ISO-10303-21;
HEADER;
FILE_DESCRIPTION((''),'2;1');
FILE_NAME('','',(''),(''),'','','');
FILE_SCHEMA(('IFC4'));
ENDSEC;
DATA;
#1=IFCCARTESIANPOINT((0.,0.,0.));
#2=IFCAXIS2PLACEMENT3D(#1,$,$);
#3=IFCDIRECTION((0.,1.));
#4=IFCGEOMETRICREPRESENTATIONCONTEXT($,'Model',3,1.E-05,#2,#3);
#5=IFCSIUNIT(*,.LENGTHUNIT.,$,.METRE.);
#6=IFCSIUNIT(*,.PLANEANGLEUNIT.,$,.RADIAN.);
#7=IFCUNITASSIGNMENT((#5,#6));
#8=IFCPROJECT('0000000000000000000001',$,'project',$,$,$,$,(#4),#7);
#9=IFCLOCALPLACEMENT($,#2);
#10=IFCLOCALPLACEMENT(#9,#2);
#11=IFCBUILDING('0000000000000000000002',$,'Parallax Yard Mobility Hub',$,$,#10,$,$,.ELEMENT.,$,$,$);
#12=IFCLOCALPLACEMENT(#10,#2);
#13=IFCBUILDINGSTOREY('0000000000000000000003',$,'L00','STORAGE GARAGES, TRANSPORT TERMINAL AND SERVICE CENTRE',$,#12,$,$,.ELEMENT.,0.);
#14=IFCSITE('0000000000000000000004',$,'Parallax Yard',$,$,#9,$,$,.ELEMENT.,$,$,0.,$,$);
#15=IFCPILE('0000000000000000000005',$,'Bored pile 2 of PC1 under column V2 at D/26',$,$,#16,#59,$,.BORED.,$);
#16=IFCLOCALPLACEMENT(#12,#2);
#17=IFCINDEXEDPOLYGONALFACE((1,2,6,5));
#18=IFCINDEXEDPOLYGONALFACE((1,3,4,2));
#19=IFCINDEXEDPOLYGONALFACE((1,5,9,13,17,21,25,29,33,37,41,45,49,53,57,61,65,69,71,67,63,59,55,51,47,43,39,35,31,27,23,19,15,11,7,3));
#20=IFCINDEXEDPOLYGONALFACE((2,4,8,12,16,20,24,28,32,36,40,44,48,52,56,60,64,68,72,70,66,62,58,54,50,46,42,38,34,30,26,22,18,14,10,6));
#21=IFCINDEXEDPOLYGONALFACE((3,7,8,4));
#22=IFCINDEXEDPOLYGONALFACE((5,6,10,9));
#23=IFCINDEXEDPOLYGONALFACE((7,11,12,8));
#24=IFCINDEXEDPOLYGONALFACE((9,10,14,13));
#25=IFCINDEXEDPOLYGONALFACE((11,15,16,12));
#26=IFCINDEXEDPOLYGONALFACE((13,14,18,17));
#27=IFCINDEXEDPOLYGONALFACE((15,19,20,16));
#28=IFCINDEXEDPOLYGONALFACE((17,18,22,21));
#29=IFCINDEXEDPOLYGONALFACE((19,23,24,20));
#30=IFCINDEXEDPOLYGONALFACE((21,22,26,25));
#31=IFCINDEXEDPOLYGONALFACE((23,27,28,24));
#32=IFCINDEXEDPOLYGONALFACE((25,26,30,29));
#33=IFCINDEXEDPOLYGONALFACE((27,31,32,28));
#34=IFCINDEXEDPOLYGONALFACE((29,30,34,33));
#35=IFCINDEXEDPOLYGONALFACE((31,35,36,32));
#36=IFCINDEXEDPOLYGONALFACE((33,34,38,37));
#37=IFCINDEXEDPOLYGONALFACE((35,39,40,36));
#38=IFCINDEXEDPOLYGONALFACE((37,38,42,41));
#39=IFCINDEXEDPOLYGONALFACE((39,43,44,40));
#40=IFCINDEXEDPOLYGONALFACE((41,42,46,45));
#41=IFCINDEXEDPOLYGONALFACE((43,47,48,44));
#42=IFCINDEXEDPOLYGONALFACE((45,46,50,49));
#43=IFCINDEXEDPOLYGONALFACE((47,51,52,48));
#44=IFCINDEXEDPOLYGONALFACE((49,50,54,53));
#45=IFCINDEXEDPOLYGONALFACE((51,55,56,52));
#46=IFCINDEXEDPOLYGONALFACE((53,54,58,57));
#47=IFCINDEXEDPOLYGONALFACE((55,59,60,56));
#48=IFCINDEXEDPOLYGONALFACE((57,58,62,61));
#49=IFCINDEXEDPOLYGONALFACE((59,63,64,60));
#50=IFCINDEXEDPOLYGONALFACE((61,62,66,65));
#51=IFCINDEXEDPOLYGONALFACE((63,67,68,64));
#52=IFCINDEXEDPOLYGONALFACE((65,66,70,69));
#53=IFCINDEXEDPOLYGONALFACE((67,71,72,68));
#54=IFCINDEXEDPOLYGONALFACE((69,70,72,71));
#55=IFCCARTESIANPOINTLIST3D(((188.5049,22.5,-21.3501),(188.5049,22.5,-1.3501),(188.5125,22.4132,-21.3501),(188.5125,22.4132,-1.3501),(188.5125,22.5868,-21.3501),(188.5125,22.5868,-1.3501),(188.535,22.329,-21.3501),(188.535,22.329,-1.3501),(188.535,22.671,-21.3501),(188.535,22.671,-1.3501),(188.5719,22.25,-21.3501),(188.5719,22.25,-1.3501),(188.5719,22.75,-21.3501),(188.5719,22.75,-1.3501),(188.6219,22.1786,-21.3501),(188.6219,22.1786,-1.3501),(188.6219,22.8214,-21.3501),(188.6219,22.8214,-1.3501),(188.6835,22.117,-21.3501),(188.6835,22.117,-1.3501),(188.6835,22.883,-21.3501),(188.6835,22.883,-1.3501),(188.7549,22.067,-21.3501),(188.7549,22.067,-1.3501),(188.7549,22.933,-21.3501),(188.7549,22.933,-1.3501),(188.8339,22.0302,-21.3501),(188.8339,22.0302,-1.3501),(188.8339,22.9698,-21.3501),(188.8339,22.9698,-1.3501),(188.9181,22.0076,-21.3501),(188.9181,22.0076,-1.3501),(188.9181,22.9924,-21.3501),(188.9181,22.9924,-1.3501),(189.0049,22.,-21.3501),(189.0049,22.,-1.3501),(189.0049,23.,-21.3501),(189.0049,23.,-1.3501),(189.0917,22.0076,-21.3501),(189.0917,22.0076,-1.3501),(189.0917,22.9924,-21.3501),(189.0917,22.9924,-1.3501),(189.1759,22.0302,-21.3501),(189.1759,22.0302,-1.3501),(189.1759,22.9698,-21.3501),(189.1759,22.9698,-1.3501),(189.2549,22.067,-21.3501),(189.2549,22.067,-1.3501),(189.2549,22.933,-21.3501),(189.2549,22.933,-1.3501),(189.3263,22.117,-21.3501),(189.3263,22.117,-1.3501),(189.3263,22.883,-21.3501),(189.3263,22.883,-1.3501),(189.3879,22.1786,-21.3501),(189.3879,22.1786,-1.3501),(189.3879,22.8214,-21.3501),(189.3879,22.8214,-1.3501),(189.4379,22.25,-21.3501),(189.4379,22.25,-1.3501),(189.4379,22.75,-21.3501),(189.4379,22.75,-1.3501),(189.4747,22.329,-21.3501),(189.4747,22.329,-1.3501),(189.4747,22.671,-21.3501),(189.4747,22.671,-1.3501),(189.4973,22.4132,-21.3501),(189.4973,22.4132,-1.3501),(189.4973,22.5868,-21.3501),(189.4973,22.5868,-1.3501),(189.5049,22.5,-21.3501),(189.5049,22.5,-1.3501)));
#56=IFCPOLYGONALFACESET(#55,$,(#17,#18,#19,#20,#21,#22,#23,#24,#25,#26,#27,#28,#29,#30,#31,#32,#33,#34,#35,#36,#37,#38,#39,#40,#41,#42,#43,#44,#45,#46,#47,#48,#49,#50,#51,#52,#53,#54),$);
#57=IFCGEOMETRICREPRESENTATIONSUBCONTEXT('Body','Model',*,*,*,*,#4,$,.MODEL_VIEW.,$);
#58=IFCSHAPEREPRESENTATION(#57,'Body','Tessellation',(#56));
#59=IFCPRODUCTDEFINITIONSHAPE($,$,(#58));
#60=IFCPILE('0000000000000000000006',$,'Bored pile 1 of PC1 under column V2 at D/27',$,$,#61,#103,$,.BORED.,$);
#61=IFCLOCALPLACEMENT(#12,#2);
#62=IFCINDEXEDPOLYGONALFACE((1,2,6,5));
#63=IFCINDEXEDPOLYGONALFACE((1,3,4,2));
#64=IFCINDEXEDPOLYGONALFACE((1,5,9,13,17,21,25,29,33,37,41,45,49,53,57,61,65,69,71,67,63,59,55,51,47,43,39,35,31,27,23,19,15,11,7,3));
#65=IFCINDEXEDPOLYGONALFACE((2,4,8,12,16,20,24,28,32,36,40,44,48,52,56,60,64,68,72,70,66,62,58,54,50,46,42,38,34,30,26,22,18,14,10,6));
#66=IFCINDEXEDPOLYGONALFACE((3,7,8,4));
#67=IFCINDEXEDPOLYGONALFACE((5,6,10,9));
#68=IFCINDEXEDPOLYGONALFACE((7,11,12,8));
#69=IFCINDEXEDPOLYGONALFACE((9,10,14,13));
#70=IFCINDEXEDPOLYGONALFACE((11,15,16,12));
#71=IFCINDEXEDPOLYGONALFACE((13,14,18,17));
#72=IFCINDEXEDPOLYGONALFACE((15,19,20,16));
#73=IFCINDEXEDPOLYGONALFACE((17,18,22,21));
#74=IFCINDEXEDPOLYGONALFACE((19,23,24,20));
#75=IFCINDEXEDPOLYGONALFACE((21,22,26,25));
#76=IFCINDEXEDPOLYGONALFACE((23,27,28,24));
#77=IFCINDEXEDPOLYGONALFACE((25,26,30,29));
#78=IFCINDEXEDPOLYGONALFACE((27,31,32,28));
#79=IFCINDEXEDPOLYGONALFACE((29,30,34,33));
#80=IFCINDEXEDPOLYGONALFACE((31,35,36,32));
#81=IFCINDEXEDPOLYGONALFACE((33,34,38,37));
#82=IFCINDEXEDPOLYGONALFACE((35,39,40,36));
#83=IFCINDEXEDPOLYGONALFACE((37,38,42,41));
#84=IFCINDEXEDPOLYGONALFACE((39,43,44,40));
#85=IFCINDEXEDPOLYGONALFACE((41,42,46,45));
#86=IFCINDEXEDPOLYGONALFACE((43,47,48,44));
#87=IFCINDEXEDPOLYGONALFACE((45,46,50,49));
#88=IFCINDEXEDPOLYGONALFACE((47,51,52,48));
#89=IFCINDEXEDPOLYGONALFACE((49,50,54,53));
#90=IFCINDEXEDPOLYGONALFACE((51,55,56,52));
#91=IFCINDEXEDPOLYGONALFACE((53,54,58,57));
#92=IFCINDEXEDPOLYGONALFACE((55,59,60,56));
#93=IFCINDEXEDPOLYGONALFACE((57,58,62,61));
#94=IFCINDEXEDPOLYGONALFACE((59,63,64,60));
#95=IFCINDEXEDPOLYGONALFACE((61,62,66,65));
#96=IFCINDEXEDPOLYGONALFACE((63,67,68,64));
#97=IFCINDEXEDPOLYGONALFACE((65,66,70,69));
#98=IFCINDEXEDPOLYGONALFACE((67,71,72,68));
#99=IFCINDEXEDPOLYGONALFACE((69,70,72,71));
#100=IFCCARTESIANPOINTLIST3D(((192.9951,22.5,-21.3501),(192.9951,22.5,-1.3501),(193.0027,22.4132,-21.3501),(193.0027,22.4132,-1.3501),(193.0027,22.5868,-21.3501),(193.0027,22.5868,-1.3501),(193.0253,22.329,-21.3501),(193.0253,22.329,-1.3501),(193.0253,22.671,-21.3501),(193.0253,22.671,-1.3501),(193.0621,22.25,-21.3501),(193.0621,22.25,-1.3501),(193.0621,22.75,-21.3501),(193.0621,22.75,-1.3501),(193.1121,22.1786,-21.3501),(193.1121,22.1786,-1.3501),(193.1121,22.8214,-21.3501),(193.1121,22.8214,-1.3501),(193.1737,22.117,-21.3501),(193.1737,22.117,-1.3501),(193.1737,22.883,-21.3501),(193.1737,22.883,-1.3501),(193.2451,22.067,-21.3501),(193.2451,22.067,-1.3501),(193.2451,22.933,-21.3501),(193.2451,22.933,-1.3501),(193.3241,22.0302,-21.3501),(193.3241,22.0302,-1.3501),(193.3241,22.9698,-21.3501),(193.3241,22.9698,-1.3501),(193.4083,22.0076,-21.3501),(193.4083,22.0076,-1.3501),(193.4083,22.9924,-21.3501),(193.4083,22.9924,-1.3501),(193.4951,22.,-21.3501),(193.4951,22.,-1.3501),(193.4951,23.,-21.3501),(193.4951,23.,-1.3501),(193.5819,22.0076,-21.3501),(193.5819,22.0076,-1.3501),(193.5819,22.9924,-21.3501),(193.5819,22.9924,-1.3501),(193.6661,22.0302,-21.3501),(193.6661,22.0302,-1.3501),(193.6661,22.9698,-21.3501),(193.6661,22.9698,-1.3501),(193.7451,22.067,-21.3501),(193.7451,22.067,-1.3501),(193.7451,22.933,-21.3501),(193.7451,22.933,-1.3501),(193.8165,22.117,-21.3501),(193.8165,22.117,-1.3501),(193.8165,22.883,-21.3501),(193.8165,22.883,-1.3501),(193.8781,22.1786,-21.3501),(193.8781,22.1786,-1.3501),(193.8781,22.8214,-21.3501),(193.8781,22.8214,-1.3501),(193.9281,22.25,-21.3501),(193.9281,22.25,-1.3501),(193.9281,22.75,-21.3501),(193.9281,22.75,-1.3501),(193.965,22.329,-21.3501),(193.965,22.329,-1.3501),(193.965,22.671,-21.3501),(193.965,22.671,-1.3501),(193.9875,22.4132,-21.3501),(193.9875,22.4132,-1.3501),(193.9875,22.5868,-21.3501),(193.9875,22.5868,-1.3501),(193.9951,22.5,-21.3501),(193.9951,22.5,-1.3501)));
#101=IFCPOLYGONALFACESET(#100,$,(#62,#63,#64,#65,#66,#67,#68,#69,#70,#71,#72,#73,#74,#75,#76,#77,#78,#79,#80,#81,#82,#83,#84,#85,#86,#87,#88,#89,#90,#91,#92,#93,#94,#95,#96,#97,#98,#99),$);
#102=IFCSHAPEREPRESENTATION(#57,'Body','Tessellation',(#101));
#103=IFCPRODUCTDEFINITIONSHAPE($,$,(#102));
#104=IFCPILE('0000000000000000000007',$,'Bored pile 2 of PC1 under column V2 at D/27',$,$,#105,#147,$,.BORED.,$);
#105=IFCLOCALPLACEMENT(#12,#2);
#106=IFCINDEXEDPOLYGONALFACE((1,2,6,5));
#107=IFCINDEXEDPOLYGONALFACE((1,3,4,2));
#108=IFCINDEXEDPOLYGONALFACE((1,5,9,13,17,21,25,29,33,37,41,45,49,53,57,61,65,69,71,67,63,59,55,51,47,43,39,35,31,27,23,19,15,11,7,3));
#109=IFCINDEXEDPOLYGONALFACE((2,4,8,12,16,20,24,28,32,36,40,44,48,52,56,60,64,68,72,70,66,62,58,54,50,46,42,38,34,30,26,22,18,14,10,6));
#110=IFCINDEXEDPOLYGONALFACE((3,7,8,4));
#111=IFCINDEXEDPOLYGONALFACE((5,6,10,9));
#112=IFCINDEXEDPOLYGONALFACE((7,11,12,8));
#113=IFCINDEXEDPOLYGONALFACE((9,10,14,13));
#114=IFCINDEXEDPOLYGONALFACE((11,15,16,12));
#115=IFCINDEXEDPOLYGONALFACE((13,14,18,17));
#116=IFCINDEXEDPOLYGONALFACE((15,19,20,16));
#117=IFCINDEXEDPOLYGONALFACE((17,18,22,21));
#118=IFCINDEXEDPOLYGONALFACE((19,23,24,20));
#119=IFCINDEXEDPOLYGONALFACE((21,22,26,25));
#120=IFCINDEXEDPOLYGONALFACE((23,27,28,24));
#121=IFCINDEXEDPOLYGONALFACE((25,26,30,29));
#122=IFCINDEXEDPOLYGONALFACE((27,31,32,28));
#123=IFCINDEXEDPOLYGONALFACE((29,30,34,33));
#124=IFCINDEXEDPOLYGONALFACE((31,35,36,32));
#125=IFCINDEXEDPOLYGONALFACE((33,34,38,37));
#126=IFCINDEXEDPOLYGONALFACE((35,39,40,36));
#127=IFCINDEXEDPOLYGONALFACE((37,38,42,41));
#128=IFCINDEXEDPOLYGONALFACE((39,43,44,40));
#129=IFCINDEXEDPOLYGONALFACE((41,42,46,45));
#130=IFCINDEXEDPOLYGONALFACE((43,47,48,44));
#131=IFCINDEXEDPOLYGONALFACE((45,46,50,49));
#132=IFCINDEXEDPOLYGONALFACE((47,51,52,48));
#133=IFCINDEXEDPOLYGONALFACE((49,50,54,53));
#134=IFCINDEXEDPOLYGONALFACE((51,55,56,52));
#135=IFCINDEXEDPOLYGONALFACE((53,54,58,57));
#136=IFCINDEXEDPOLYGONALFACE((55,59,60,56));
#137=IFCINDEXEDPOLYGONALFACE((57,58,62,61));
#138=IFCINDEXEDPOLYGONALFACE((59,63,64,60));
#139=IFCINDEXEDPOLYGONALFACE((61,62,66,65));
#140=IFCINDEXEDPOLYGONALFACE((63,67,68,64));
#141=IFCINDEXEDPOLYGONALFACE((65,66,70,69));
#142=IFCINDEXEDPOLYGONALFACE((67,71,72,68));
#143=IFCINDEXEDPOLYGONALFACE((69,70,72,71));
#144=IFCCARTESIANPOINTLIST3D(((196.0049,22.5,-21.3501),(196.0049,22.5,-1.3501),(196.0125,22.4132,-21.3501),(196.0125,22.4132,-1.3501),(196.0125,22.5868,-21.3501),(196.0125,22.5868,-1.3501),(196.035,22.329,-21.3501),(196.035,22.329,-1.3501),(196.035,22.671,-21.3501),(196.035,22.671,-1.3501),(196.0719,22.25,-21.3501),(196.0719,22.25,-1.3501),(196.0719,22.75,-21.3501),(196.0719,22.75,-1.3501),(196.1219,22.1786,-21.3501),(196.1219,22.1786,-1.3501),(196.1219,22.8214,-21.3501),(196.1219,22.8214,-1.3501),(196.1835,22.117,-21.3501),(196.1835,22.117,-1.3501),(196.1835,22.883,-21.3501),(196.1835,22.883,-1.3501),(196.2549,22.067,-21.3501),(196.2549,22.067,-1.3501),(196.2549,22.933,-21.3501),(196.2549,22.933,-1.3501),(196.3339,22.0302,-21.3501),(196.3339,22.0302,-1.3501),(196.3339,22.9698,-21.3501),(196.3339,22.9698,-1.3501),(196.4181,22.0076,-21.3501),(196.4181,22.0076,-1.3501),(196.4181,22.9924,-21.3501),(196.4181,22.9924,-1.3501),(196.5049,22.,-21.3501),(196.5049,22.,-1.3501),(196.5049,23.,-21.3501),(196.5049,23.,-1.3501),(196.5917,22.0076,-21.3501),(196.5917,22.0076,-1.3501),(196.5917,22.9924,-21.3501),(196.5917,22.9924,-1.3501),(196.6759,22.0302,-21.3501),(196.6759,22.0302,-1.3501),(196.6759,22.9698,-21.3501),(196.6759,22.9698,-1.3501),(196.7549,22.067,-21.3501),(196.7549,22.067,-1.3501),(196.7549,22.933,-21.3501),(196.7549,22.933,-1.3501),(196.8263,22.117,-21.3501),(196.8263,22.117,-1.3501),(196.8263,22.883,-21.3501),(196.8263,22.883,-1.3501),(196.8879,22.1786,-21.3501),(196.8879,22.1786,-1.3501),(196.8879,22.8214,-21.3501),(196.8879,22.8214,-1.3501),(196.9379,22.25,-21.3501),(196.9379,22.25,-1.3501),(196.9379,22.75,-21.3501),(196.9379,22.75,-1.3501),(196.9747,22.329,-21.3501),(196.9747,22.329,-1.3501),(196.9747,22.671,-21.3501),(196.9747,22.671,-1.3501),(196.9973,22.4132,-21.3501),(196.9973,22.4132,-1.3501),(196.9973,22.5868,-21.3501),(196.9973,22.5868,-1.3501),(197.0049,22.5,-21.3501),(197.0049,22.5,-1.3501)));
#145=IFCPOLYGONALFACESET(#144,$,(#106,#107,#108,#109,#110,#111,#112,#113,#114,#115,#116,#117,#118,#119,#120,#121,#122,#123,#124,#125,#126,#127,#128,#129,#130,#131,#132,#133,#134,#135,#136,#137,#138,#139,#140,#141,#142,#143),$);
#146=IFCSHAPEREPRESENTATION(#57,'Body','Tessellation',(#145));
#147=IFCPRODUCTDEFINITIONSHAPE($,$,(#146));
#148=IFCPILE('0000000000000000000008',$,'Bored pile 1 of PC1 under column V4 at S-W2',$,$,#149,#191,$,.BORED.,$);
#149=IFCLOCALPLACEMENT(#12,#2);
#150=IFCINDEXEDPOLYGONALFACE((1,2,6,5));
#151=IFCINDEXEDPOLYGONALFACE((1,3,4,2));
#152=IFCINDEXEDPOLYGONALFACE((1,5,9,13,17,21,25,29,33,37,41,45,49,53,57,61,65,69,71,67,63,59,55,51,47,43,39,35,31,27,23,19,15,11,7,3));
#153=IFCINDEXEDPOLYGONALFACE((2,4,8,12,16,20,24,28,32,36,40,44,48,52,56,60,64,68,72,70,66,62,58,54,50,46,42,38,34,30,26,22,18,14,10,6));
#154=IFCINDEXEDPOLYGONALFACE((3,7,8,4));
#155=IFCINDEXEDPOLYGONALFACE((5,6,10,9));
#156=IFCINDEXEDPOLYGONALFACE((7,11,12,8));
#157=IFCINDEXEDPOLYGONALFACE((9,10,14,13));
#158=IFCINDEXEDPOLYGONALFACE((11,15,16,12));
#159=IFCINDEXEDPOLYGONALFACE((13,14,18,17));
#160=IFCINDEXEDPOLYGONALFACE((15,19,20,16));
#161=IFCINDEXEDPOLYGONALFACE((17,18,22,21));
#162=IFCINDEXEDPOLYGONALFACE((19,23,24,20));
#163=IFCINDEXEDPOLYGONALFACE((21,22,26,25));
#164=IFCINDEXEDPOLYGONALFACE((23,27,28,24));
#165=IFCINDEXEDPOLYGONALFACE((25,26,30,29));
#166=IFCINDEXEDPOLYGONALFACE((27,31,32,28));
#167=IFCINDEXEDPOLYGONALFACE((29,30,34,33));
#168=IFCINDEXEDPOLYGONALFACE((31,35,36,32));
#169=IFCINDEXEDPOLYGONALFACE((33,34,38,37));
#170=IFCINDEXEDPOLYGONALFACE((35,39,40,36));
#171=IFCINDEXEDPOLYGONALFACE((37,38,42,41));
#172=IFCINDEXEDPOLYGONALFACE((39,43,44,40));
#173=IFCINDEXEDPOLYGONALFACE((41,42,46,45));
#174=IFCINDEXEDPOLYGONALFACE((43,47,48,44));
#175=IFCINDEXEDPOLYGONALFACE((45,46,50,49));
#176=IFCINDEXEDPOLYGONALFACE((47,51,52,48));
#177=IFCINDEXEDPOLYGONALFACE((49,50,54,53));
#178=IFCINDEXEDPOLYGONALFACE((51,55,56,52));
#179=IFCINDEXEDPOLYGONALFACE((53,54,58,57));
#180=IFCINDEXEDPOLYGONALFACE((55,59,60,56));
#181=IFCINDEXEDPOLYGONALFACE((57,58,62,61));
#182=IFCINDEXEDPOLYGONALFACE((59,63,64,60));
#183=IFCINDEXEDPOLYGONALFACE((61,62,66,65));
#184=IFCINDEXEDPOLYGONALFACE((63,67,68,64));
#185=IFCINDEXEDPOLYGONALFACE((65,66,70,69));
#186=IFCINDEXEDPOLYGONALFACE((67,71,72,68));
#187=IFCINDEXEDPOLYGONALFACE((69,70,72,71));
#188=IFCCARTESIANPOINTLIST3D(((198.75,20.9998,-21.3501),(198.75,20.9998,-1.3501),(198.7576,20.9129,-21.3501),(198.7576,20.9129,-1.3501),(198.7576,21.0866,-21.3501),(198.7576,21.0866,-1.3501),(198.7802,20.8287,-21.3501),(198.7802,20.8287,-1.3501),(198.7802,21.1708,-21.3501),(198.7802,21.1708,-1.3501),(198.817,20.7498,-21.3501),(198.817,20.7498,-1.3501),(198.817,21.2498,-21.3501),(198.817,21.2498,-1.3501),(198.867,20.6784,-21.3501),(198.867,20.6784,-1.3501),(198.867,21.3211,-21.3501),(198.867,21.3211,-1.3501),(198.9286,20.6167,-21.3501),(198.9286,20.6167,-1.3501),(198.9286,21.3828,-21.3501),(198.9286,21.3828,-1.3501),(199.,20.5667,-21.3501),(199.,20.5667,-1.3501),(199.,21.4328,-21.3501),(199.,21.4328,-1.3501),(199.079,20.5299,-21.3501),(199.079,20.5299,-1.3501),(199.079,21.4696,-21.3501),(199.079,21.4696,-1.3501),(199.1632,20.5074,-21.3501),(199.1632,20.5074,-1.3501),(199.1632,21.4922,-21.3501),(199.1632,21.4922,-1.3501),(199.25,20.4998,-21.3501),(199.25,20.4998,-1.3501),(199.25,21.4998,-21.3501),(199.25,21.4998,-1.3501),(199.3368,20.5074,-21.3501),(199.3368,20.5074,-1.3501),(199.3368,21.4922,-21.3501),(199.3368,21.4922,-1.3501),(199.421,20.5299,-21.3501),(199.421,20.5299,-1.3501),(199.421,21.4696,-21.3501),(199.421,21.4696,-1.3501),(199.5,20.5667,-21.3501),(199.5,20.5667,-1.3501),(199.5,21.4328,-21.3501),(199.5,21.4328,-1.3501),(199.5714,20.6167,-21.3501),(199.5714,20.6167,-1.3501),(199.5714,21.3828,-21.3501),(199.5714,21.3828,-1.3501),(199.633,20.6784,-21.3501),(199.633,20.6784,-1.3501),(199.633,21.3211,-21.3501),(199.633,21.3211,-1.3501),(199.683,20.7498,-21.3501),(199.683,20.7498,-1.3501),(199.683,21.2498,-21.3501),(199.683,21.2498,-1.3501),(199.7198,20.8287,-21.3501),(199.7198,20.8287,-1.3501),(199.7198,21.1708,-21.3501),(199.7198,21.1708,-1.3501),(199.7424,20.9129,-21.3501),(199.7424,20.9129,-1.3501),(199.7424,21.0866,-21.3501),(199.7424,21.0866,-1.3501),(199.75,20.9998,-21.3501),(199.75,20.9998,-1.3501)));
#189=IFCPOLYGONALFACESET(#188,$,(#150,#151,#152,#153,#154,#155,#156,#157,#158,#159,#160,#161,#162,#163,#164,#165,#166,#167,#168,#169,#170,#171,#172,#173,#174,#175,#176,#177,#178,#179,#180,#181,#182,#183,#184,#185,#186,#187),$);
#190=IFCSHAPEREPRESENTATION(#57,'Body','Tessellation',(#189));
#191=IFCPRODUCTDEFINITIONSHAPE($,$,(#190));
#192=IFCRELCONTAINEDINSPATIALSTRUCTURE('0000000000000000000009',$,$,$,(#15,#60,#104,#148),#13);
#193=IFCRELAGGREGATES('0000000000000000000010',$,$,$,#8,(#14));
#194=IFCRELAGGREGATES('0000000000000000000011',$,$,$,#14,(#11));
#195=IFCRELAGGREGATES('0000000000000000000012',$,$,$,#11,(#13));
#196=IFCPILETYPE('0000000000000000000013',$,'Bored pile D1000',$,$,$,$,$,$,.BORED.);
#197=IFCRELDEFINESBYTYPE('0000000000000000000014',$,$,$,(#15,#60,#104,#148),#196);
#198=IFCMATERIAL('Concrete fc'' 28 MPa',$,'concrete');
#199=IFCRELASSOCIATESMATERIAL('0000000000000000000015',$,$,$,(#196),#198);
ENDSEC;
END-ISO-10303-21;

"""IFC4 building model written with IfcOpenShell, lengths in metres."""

from ifc_helpers import new_model, si_unit, direction, frame, origin, origin_2d, place, context, subcontext, project, spatial, circle, extrude, material, material_profile, profile_set, type_object, element, save


model = new_model("IFC4")

# Units and contexts
model_context = context("Model", 3, precision=1e-05, world=origin(), true_north=direction((0.0, 1.0)))
body_context = subcontext(model_context, "Body", "Model", "MODEL_VIEW")
ifc_project = project(units=[si_unit("LENGTHUNIT", "METRE"), si_unit("PLANEANGLEUNIT", "RADIAN")], contexts=[model_context])

# Site, building, storey
site_placement = place(None, origin())
site = spatial("IfcSite", under=ifc_project, at=site_placement, Name="Parallax Yard", CompositionType="ELEMENT", RefElevation=0.0)
building_placement = place(site_placement, origin())
building = spatial("IfcBuilding", under=site, at=building_placement, Name="Parallax Yard Mobility Hub", CompositionType="ELEMENT")
storey_placement = place(building_placement, origin())
storey = spatial("IfcBuildingStorey", under=building, at=storey_placement, Name="L00", Description="STORAGE GARAGES, TRANSPORT TERMINAL AND SERVICE CENTRE", CompositionType="ELEMENT", Elevation=0.0)

# Piles
ifc_material_1 = material(Name="Concrete fc' 28 MPa", Category="concrete")
ifc_material_profile_1 = material_profile(ifc_material_1, circle(Radius=0.5, at=origin_2d()), Name="Bored pile D1000")
ifc_profile_set_1 = profile_set([ifc_material_profile_1], Name="Concrete fc' 28 MPa")
pile_type = type_object("IfcPileType", Name="Bored pile D1000", PredefinedType="BORED", material=ifc_profile_set_1)
for number, where, z_axis, x_axis, name in (
    (1, (189.0049, 22.5, -1.3501), (0.0, 0.0, -1.0), (1.0, 0.0, 0.0), "Bored pile 2 of PC1 under column V2 at D/26"),
    (2, (193.4951, 22.5, -1.3501), (0.0, 0.0, -1.0), (1.0, 0.0, 0.0), "Bored pile 1 of PC1 under column V2 at D/27"),
    (3, (196.5049, 22.5, -1.3501), (0.0, 0.0, -1.0), (1.0, 0.0, 0.0), "Bored pile 2 of PC1 under column V2 at D/27"),
    (4, (199.25, 20.9998, -1.3501), (0.0, 0.0, -1.0), (1.0, 0.0, 0.0), "Bored pile 1 of PC1 under column V4 at S-W2"),
):
    element("IfcPile", number, at=place(storey_placement, frame(where, z_axis=z_axis, x_axis=x_axis)), inside=storey, type_object=pile_type, Name=name, PredefinedType="BORED", context=body_context, shape_type="SweptSolid", body=[
        extrude(circle(Radius=0.5, at=origin_2d()), origin(), (0.0, 0.0, 1.0), 20.0),
    ])

save(model, "model.ifc")
